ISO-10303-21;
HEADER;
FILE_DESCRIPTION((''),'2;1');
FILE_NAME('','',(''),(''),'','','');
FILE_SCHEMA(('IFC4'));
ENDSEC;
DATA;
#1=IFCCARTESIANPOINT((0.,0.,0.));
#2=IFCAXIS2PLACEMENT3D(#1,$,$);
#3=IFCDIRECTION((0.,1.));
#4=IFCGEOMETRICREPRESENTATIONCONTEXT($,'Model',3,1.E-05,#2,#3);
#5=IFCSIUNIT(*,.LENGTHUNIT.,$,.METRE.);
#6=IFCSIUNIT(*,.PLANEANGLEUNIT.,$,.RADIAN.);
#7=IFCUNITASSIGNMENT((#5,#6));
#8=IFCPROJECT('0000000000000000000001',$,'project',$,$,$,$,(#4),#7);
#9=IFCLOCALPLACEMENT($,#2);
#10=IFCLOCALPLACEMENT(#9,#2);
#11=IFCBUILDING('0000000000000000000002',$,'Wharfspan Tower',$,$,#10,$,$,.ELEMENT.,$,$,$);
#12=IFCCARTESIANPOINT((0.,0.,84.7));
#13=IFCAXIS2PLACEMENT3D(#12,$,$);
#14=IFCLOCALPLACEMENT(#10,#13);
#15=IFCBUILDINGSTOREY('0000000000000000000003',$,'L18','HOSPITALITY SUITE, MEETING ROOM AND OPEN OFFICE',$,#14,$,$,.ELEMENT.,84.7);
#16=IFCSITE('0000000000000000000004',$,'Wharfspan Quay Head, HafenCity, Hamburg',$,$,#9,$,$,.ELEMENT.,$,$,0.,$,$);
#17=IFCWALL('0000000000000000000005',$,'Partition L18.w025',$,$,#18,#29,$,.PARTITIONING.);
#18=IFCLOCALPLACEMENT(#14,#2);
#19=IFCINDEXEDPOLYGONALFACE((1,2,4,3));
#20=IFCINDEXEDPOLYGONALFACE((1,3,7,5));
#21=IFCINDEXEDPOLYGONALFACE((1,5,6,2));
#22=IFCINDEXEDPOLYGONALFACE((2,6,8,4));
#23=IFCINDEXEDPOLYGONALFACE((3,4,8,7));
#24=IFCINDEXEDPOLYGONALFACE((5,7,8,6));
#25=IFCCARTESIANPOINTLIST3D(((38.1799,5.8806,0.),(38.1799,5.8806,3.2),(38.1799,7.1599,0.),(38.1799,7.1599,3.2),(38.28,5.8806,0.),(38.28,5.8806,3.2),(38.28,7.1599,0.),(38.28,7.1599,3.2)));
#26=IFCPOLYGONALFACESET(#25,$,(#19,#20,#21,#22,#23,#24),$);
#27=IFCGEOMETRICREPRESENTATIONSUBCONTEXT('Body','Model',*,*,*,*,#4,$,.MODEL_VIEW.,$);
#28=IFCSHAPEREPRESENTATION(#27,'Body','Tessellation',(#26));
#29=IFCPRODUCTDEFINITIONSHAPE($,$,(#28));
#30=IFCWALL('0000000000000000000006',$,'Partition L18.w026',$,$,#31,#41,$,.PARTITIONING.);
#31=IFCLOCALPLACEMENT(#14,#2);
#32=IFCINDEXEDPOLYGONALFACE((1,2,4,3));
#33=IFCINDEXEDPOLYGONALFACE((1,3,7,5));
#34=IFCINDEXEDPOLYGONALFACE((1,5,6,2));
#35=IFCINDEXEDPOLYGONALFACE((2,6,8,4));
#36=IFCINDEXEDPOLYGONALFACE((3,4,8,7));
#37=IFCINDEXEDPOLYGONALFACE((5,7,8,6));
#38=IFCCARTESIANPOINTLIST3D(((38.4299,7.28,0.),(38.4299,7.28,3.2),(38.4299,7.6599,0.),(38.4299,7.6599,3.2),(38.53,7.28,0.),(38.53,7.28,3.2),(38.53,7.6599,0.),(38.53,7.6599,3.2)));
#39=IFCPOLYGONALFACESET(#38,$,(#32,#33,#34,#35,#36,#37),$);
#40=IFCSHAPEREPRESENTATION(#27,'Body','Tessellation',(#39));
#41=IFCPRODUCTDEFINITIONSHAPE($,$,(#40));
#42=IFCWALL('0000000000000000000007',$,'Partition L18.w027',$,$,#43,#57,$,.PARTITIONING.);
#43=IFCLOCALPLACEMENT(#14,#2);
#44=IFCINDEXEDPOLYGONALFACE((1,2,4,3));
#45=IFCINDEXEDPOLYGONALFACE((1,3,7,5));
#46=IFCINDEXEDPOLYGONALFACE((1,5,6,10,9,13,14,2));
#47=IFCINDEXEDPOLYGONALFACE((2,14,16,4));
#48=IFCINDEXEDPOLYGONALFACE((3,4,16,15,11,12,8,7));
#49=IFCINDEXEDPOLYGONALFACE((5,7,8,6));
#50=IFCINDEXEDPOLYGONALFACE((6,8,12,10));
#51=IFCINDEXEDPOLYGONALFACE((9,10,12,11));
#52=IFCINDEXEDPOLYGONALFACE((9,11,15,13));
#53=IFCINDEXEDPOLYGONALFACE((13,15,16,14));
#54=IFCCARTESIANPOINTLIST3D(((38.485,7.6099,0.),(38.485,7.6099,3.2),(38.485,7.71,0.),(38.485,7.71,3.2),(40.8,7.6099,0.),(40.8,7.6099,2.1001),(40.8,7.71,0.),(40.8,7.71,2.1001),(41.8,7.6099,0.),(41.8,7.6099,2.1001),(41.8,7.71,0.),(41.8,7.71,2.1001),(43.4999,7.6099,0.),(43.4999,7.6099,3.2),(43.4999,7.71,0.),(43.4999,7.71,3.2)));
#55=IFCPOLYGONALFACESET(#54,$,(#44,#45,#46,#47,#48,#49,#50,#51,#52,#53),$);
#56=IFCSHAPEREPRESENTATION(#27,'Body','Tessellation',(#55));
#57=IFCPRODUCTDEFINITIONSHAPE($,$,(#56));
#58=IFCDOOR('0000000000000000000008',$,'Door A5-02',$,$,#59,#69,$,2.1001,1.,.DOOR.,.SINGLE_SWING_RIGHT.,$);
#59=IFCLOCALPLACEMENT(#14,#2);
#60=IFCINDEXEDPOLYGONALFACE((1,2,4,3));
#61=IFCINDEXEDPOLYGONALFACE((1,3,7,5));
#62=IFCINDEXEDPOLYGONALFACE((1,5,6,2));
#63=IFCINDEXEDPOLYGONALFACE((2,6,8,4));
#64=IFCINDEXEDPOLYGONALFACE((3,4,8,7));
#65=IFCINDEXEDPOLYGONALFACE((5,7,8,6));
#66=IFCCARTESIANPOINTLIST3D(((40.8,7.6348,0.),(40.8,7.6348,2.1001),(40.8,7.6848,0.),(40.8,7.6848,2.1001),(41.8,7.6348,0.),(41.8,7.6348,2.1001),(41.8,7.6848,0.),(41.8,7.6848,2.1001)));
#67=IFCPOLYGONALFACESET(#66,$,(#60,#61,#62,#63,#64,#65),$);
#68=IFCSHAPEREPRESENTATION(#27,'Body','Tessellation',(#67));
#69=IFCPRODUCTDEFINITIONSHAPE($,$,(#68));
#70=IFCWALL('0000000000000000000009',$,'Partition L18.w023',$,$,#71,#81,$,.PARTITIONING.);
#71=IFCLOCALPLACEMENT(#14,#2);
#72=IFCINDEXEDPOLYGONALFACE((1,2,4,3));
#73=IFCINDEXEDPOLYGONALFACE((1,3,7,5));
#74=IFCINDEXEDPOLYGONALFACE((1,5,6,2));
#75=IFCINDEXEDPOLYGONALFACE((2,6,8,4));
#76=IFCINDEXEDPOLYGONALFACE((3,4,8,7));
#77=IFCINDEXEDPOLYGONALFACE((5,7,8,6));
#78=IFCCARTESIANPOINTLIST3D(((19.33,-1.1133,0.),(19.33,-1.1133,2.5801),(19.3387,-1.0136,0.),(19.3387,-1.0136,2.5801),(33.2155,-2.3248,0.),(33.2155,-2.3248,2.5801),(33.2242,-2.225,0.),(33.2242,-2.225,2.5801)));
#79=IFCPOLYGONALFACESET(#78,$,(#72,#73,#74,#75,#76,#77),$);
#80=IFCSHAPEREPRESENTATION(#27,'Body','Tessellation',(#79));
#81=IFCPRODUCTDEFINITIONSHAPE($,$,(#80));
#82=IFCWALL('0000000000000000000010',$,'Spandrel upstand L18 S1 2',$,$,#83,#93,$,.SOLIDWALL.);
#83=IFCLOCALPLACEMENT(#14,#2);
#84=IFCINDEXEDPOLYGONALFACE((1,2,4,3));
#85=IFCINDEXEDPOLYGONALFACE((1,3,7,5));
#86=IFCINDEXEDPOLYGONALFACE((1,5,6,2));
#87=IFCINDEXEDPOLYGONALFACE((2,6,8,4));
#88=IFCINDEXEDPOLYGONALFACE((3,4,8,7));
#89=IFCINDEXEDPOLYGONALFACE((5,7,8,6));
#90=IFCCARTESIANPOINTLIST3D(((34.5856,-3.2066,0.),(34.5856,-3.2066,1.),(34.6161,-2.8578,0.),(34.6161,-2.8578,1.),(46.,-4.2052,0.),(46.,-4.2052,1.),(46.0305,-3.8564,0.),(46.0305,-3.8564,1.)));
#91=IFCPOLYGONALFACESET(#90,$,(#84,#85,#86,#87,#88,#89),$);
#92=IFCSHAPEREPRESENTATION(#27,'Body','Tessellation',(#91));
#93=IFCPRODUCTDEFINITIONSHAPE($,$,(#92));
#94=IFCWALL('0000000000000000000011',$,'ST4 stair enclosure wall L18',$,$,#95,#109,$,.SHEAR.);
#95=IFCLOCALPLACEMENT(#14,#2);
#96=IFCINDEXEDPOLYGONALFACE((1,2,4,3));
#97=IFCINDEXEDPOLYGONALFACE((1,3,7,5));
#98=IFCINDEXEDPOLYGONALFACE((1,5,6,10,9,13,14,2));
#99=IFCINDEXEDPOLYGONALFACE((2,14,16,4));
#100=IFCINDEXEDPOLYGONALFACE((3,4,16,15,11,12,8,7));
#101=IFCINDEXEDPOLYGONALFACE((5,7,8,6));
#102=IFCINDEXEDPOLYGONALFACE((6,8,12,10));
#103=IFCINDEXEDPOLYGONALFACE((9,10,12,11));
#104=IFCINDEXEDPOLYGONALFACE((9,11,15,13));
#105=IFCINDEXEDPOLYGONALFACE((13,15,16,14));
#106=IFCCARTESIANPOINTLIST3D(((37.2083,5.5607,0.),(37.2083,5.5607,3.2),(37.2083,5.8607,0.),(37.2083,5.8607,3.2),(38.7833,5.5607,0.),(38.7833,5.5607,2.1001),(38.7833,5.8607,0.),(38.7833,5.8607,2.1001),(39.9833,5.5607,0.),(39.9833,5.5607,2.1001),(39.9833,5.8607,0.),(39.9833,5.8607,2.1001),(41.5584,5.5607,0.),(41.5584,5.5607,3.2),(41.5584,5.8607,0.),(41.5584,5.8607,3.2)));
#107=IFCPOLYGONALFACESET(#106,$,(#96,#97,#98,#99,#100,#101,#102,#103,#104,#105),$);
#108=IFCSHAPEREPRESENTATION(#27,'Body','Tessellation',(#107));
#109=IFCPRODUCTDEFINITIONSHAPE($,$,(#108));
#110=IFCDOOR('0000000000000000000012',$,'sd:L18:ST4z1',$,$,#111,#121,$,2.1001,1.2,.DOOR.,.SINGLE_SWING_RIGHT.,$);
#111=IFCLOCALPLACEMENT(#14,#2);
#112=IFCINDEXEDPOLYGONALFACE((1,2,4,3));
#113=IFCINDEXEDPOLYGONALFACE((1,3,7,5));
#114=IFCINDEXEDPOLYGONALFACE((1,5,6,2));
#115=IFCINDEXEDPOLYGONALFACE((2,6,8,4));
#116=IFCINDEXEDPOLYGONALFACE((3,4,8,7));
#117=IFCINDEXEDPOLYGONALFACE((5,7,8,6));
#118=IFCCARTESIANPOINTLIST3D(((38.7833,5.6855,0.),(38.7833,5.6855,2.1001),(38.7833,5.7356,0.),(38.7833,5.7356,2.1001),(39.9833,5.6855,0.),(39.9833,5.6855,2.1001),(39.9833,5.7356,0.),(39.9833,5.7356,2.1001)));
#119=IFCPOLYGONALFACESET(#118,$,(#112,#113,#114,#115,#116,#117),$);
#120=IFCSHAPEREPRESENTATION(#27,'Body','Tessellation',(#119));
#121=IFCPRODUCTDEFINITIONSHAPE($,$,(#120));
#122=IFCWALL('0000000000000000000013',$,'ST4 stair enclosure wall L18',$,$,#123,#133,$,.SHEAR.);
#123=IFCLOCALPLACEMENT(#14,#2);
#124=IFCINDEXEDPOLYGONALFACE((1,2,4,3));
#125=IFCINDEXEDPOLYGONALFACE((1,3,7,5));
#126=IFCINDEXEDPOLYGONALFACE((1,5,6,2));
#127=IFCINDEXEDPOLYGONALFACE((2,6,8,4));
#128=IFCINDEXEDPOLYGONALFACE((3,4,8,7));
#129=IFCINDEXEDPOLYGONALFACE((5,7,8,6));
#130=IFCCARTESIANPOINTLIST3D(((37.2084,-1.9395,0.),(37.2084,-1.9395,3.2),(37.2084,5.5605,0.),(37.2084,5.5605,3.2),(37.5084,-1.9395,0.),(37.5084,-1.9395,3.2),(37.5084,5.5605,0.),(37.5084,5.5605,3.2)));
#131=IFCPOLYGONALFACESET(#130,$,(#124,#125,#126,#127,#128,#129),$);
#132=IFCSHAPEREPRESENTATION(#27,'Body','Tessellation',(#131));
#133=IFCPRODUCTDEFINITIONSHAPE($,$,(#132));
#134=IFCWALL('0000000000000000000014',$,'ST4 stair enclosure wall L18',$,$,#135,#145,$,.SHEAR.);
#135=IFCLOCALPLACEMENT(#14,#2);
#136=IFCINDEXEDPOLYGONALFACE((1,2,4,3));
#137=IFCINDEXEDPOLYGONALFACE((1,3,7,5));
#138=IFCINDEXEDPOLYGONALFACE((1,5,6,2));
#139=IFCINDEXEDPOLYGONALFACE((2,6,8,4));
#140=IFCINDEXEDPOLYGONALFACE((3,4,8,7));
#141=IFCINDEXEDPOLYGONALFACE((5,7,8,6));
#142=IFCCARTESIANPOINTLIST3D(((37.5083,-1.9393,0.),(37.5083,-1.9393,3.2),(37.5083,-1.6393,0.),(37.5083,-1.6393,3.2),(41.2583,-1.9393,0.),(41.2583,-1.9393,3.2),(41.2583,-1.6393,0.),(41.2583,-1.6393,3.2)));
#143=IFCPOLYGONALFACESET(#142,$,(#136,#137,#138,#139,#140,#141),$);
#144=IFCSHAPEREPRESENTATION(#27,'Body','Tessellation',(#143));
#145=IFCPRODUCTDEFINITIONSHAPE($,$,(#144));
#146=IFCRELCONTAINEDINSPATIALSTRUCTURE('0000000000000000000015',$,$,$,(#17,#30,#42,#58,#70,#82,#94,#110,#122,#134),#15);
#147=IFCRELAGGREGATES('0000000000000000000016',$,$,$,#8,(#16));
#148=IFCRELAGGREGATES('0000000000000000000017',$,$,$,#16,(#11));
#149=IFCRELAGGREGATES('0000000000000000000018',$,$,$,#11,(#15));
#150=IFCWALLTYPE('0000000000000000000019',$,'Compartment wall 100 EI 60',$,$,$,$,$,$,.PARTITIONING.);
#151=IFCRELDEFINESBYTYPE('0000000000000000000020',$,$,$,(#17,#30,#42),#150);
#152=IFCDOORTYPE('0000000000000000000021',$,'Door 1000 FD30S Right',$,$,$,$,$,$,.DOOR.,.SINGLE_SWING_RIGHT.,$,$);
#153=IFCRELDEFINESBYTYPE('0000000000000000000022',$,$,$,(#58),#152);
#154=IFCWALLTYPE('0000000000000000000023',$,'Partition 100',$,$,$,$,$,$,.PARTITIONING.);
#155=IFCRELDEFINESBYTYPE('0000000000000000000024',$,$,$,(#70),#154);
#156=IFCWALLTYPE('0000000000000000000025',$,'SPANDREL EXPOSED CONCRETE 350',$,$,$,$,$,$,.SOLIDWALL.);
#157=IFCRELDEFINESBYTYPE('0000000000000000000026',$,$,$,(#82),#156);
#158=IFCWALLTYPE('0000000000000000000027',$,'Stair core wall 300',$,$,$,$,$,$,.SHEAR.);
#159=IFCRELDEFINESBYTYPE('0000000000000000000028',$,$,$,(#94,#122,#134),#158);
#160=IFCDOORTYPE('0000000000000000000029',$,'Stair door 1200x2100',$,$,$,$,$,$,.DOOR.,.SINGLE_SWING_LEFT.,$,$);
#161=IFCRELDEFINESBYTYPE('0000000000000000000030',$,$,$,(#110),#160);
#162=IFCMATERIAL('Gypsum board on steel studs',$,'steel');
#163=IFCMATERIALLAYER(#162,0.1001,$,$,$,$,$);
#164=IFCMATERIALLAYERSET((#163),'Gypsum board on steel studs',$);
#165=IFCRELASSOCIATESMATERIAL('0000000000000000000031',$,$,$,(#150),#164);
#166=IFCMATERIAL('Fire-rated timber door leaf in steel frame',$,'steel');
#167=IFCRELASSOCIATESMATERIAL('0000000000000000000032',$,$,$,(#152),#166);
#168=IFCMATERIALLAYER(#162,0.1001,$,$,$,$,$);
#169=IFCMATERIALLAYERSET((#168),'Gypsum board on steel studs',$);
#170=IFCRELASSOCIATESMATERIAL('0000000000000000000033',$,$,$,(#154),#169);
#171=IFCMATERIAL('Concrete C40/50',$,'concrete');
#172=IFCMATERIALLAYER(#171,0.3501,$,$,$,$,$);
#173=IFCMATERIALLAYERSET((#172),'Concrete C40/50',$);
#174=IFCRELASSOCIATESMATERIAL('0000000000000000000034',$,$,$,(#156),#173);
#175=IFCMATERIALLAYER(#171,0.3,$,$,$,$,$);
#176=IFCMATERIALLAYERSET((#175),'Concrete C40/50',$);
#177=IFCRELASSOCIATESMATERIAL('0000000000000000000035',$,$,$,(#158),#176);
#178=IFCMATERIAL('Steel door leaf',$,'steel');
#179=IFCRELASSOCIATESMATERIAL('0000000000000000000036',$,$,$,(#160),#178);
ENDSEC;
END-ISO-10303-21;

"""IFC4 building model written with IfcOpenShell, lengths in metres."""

from ifc_helpers import new_model, si_unit, direction, frame, frame_2d, origin, place, context, subcontext, project, spatial, rectangle, extrude, material, layer, layer_set, type_object, element, fill, save


model = new_model("IFC4")

# Units and contexts
model_context = context("Model", 3, precision=1e-05, world=origin(), true_north=direction((0.0, 1.0)))
body_context = subcontext(model_context, "Body", "Model", "MODEL_VIEW")
ifc_project = project(units=[si_unit("LENGTHUNIT", "METRE"), si_unit("PLANEANGLEUNIT", "RADIAN")], contexts=[model_context])

# Site, building, storey
site_placement = place(None, origin())
site = spatial("IfcSite", under=ifc_project, at=site_placement, Name="Wharfspan Quay Head, HafenCity, Hamburg", CompositionType="ELEMENT", RefElevation=0.0)
building_placement = place(site_placement, origin())
building = spatial("IfcBuilding", under=site, at=building_placement, Name="Wharfspan Tower", CompositionType="ELEMENT")
storey_placement = place(building_placement, frame((0.0, 0.0, 84.7)))
storey = spatial("IfcBuildingStorey", under=building, at=storey_placement, Name="L18", Description="HOSPITALITY SUITE, MEETING ROOM AND OPEN OFFICE", CompositionType="ELEMENT", Elevation=84.7)

# Walls
ifc_material_1 = material(Name="Gypsum board on steel studs", Category="steel")
ifc_layer_1 = layer(ifc_material_1, 0.1001)
ifc_layer_set_1 = layer_set([ifc_layer_1], Name="Gypsum board on steel studs")
wall_type_1 = type_object("IfcWallType", Name="Compartment wall 100 EI 60", PredefinedType="PARTITIONING", material=ifc_layer_set_1)
wall_1_placement = place(storey_placement, frame((38.23, 5.8806, 0.0), z_axis=(0.0, 0.0, 1.0), x_axis=(0.0, 1.0, 0.0)))
element("IfcWall", 1, at=wall_1_placement, inside=storey, type_object=wall_type_1, Name="Partition L18.w025", PredefinedType="PARTITIONING", context=body_context, shape_type="SweptSolid", body=[
    extrude(rectangle(XDim=1.2793, YDim=0.1001, at=frame_2d((0.6396, 0.0))), origin(), (0.0, 0.0, 1.0), 3.2),
])
wall_2_placement = place(storey_placement, frame((38.48, 7.28, 0.0), z_axis=(0.0, 0.0, 1.0), x_axis=(0.0, 1.0, 0.0)))
element("IfcWall", 2, at=wall_2_placement, inside=storey, type_object=wall_type_1, Name="Partition L18.w026", PredefinedType="PARTITIONING", context=body_context, shape_type="SweptSolid", body=[
    extrude(rectangle(XDim=0.3799, YDim=0.1001, at=frame_2d((0.1899, 0.0))), origin(), (0.0, 0.0, 1.0), 3.2),
])

# Wall, opening, door
wall_3_placement = place(storey_placement, frame((38.4851, 7.6599, 0.0), z_axis=(0.0, 0.0, 1.0), x_axis=(1.0, 0.0, 0.0)))
wall_3 = element("IfcWall", 3, at=wall_3_placement, inside=storey, type_object=wall_type_1, Name="Partition L18.w027", PredefinedType="PARTITIONING", context=body_context, shape_type="SweptSolid", body=[
    extrude(rectangle(XDim=5.0149, YDim=0.1001, at=frame_2d((2.5073, 0.0))), origin(), (0.0, 0.0, 1.0), 3.2),
])
opening_1_placement = place(wall_3_placement, frame((2.3149, 0.0, 0.0)))
opening_1 = element("IfcOpeningElement", 4, at=opening_1_placement, cuts=wall_3, PredefinedType="OPENING", context=body_context, shape_type="SweptSolid", body=[
    extrude(rectangle(XDim=1.0, YDim=2.1001, at=frame_2d((0.5, 1.05))), frame((0.0, 0.0601, 0.0), z_axis=(0.0, -1.0, 0.0), x_axis=(1.0, 0.0, 0.0)), (0.0, 0.0, 1.0), 0.1201),
])
ifc_material_2 = material(Name="Fire-rated timber door leaf in steel frame", Category="steel")
door_type_1 = type_object("IfcDoorType", Name="Door 1000 FD30S Right", OperationType="SINGLE_SWING_RIGHT", PredefinedType="DOOR", material=ifc_material_2)
door_1_placement = place(opening_1_placement, origin())
door_1 = element("IfcDoor", 5, at=door_1_placement, inside=storey, type_object=door_type_1, Name="Door A5-02", OperationType="SINGLE_SWING_RIGHT", OverallHeight=2.1001, OverallWidth=1.0, PredefinedType="DOOR", context=body_context, shape_type="SweptSolid", body=[
    extrude(rectangle(XDim=1.0, YDim=2.1001, at=frame_2d((0.5, 1.05))), frame((0.0, 0.0249, 0.0), z_axis=(0.0, -1.0, 0.0), x_axis=(1.0, 0.0, 0.0)), (0.0, 0.0, 1.0), 0.05),
])
fill(opening_1, door_1)

# Walls
ifc_layer_2 = layer(ifc_material_1, 0.1001)
ifc_layer_set_2 = layer_set([ifc_layer_2], Name="Gypsum board on steel studs")
wall_type_2 = type_object("IfcWallType", Name="Partition 100", PredefinedType="PARTITIONING", material=ifc_layer_set_2)
wall_4_placement = place(storey_placement, frame((33.22, -2.2749, 0.0), z_axis=(0.0, 0.0, 1.0), x_axis=(-0.996218, 0.086914, 0.0)))
element("IfcWall", 6, at=wall_4_placement, inside=storey, type_object=wall_type_2, Name="Partition L18.w023", PredefinedType="PARTITIONING", context=body_context, shape_type="SweptSolid", body=[
    extrude(rectangle(XDim=13.9382, YDim=0.1001, at=frame_2d((6.9692, 0.0))), origin(), (0.0, 0.0, 1.0), 2.5801),
])
ifc_material_3 = material(Name="Concrete C40/50", Category="concrete")
ifc_layer_3 = layer(ifc_material_3, 0.3501)
ifc_layer_set_3 = layer_set([ifc_layer_3], Name="Concrete C40/50")
wall_type_3 = type_object("IfcWallType", Name="SPANDREL EXPOSED CONCRETE 350", PredefinedType="SOLIDWALL", material=ifc_layer_set_3)
wall_5_placement = place(storey_placement, frame((34.6008, -3.0322, 0.0), z_axis=(0.0, 0.0, 1.0), x_axis=(0.996193, -0.087148, 0.0)))
element("IfcWall", 7, at=wall_5_placement, inside=storey, type_object=wall_type_3, Name="Spandrel upstand L18 S1 2", PredefinedType="SOLIDWALL", context=body_context, shape_type="SweptSolid", body=[
    extrude(rectangle(XDim=11.458, YDim=0.3501, at=frame_2d((5.729, 0.0))), origin(), (0.0, 0.0, 1.0), 1.0),
])

# Wall, opening, door
ifc_layer_4 = layer(ifc_material_3, 0.3)
ifc_layer_set_4 = layer_set([ifc_layer_4], Name="Concrete C40/50")
wall_type_4 = type_object("IfcWallType", Name="Stair core wall 300", PredefinedType="SHEAR", material=ifc_layer_set_4)
wall_6_placement = place(storey_placement, frame((37.2083, 5.7107, 0.0), z_axis=(0.0, 0.0, 1.0), x_axis=(1.0, 0.0, 0.0)))
wall_6 = element("IfcWall", 8, at=wall_6_placement, inside=storey, type_object=wall_type_4, Name="ST4 stair enclosure wall L18", PredefinedType="SHEAR", context=body_context, shape_type="SweptSolid", body=[
    extrude(rectangle(XDim=4.3501, YDim=0.3, at=frame_2d((2.175, 0.0))), origin(), (0.0, 0.0, 1.0), 3.2),
])
opening_2_placement = place(wall_6_placement, frame((1.575, 0.0, 0.0)))
opening_2 = element("IfcOpeningElement", 9, at=opening_2_placement, cuts=wall_6, PredefinedType="OPENING", context=body_context, shape_type="SweptSolid", body=[
    extrude(rectangle(XDim=1.2, YDim=2.1001, at=frame_2d((0.6001, 1.05))), frame((0.0, 0.1599, 0.0), z_axis=(0.0, -1.0, 0.0), x_axis=(1.0, 0.0, 0.0)), (0.0, 0.0, 1.0), 0.3201),
])
ifc_material_4 = material(Name="Steel door leaf", Category="steel")
door_type_2 = type_object("IfcDoorType", Name="Stair door 1200x2100", OperationType="SINGLE_SWING_LEFT", PredefinedType="DOOR", material=ifc_material_4)
door_2_placement = place(opening_2_placement, origin())
door_2 = element("IfcDoor", 10, at=door_2_placement, inside=storey, type_object=door_type_2, Name="sd:L18:ST4z1", OperationType="SINGLE_SWING_RIGHT", OverallHeight=2.1001, OverallWidth=1.2, PredefinedType="DOOR", context=body_context, shape_type="SweptSolid", body=[
    extrude(rectangle(XDim=1.2, YDim=2.1001, at=frame_2d((0.6001, 1.05))), frame((0.0, 0.0249, 0.0), z_axis=(0.0, -1.0, 0.0), x_axis=(1.0, 0.0, 0.0)), (0.0, 0.0, 1.0), 0.05),
])
fill(opening_2, door_2)

# Walls
wall_7_placement = place(storey_placement, frame((37.3584, -1.9395, 0.0), z_axis=(0.0, 0.0, 1.0), x_axis=(0.0, 1.0, 0.0)))
element("IfcWall", 11, at=wall_7_placement, inside=storey, type_object=wall_type_4, Name="ST4 stair enclosure wall L18", PredefinedType="SHEAR", context=body_context, shape_type="SweptSolid", body=[
    extrude(rectangle(XDim=7.5, YDim=0.3, at=frame_2d((3.75, 0.0))), origin(), (0.0, 0.0, 1.0), 3.2),
])
wall_8_placement = place(storey_placement, frame((37.5083, -1.7893, 0.0), z_axis=(0.0, 0.0, 1.0), x_axis=(1.0, 0.0, 0.0)))
element("IfcWall", 12, at=wall_8_placement, inside=storey, type_object=wall_type_4, Name="ST4 stair enclosure wall L18", PredefinedType="SHEAR", context=body_context, shape_type="SweptSolid", body=[
    extrude(rectangle(XDim=3.75, YDim=0.3, at=frame_2d((1.875, 0.0))), origin(), (0.0, 0.0, 1.0), 3.2),
])

save(model, "model.ifc")
